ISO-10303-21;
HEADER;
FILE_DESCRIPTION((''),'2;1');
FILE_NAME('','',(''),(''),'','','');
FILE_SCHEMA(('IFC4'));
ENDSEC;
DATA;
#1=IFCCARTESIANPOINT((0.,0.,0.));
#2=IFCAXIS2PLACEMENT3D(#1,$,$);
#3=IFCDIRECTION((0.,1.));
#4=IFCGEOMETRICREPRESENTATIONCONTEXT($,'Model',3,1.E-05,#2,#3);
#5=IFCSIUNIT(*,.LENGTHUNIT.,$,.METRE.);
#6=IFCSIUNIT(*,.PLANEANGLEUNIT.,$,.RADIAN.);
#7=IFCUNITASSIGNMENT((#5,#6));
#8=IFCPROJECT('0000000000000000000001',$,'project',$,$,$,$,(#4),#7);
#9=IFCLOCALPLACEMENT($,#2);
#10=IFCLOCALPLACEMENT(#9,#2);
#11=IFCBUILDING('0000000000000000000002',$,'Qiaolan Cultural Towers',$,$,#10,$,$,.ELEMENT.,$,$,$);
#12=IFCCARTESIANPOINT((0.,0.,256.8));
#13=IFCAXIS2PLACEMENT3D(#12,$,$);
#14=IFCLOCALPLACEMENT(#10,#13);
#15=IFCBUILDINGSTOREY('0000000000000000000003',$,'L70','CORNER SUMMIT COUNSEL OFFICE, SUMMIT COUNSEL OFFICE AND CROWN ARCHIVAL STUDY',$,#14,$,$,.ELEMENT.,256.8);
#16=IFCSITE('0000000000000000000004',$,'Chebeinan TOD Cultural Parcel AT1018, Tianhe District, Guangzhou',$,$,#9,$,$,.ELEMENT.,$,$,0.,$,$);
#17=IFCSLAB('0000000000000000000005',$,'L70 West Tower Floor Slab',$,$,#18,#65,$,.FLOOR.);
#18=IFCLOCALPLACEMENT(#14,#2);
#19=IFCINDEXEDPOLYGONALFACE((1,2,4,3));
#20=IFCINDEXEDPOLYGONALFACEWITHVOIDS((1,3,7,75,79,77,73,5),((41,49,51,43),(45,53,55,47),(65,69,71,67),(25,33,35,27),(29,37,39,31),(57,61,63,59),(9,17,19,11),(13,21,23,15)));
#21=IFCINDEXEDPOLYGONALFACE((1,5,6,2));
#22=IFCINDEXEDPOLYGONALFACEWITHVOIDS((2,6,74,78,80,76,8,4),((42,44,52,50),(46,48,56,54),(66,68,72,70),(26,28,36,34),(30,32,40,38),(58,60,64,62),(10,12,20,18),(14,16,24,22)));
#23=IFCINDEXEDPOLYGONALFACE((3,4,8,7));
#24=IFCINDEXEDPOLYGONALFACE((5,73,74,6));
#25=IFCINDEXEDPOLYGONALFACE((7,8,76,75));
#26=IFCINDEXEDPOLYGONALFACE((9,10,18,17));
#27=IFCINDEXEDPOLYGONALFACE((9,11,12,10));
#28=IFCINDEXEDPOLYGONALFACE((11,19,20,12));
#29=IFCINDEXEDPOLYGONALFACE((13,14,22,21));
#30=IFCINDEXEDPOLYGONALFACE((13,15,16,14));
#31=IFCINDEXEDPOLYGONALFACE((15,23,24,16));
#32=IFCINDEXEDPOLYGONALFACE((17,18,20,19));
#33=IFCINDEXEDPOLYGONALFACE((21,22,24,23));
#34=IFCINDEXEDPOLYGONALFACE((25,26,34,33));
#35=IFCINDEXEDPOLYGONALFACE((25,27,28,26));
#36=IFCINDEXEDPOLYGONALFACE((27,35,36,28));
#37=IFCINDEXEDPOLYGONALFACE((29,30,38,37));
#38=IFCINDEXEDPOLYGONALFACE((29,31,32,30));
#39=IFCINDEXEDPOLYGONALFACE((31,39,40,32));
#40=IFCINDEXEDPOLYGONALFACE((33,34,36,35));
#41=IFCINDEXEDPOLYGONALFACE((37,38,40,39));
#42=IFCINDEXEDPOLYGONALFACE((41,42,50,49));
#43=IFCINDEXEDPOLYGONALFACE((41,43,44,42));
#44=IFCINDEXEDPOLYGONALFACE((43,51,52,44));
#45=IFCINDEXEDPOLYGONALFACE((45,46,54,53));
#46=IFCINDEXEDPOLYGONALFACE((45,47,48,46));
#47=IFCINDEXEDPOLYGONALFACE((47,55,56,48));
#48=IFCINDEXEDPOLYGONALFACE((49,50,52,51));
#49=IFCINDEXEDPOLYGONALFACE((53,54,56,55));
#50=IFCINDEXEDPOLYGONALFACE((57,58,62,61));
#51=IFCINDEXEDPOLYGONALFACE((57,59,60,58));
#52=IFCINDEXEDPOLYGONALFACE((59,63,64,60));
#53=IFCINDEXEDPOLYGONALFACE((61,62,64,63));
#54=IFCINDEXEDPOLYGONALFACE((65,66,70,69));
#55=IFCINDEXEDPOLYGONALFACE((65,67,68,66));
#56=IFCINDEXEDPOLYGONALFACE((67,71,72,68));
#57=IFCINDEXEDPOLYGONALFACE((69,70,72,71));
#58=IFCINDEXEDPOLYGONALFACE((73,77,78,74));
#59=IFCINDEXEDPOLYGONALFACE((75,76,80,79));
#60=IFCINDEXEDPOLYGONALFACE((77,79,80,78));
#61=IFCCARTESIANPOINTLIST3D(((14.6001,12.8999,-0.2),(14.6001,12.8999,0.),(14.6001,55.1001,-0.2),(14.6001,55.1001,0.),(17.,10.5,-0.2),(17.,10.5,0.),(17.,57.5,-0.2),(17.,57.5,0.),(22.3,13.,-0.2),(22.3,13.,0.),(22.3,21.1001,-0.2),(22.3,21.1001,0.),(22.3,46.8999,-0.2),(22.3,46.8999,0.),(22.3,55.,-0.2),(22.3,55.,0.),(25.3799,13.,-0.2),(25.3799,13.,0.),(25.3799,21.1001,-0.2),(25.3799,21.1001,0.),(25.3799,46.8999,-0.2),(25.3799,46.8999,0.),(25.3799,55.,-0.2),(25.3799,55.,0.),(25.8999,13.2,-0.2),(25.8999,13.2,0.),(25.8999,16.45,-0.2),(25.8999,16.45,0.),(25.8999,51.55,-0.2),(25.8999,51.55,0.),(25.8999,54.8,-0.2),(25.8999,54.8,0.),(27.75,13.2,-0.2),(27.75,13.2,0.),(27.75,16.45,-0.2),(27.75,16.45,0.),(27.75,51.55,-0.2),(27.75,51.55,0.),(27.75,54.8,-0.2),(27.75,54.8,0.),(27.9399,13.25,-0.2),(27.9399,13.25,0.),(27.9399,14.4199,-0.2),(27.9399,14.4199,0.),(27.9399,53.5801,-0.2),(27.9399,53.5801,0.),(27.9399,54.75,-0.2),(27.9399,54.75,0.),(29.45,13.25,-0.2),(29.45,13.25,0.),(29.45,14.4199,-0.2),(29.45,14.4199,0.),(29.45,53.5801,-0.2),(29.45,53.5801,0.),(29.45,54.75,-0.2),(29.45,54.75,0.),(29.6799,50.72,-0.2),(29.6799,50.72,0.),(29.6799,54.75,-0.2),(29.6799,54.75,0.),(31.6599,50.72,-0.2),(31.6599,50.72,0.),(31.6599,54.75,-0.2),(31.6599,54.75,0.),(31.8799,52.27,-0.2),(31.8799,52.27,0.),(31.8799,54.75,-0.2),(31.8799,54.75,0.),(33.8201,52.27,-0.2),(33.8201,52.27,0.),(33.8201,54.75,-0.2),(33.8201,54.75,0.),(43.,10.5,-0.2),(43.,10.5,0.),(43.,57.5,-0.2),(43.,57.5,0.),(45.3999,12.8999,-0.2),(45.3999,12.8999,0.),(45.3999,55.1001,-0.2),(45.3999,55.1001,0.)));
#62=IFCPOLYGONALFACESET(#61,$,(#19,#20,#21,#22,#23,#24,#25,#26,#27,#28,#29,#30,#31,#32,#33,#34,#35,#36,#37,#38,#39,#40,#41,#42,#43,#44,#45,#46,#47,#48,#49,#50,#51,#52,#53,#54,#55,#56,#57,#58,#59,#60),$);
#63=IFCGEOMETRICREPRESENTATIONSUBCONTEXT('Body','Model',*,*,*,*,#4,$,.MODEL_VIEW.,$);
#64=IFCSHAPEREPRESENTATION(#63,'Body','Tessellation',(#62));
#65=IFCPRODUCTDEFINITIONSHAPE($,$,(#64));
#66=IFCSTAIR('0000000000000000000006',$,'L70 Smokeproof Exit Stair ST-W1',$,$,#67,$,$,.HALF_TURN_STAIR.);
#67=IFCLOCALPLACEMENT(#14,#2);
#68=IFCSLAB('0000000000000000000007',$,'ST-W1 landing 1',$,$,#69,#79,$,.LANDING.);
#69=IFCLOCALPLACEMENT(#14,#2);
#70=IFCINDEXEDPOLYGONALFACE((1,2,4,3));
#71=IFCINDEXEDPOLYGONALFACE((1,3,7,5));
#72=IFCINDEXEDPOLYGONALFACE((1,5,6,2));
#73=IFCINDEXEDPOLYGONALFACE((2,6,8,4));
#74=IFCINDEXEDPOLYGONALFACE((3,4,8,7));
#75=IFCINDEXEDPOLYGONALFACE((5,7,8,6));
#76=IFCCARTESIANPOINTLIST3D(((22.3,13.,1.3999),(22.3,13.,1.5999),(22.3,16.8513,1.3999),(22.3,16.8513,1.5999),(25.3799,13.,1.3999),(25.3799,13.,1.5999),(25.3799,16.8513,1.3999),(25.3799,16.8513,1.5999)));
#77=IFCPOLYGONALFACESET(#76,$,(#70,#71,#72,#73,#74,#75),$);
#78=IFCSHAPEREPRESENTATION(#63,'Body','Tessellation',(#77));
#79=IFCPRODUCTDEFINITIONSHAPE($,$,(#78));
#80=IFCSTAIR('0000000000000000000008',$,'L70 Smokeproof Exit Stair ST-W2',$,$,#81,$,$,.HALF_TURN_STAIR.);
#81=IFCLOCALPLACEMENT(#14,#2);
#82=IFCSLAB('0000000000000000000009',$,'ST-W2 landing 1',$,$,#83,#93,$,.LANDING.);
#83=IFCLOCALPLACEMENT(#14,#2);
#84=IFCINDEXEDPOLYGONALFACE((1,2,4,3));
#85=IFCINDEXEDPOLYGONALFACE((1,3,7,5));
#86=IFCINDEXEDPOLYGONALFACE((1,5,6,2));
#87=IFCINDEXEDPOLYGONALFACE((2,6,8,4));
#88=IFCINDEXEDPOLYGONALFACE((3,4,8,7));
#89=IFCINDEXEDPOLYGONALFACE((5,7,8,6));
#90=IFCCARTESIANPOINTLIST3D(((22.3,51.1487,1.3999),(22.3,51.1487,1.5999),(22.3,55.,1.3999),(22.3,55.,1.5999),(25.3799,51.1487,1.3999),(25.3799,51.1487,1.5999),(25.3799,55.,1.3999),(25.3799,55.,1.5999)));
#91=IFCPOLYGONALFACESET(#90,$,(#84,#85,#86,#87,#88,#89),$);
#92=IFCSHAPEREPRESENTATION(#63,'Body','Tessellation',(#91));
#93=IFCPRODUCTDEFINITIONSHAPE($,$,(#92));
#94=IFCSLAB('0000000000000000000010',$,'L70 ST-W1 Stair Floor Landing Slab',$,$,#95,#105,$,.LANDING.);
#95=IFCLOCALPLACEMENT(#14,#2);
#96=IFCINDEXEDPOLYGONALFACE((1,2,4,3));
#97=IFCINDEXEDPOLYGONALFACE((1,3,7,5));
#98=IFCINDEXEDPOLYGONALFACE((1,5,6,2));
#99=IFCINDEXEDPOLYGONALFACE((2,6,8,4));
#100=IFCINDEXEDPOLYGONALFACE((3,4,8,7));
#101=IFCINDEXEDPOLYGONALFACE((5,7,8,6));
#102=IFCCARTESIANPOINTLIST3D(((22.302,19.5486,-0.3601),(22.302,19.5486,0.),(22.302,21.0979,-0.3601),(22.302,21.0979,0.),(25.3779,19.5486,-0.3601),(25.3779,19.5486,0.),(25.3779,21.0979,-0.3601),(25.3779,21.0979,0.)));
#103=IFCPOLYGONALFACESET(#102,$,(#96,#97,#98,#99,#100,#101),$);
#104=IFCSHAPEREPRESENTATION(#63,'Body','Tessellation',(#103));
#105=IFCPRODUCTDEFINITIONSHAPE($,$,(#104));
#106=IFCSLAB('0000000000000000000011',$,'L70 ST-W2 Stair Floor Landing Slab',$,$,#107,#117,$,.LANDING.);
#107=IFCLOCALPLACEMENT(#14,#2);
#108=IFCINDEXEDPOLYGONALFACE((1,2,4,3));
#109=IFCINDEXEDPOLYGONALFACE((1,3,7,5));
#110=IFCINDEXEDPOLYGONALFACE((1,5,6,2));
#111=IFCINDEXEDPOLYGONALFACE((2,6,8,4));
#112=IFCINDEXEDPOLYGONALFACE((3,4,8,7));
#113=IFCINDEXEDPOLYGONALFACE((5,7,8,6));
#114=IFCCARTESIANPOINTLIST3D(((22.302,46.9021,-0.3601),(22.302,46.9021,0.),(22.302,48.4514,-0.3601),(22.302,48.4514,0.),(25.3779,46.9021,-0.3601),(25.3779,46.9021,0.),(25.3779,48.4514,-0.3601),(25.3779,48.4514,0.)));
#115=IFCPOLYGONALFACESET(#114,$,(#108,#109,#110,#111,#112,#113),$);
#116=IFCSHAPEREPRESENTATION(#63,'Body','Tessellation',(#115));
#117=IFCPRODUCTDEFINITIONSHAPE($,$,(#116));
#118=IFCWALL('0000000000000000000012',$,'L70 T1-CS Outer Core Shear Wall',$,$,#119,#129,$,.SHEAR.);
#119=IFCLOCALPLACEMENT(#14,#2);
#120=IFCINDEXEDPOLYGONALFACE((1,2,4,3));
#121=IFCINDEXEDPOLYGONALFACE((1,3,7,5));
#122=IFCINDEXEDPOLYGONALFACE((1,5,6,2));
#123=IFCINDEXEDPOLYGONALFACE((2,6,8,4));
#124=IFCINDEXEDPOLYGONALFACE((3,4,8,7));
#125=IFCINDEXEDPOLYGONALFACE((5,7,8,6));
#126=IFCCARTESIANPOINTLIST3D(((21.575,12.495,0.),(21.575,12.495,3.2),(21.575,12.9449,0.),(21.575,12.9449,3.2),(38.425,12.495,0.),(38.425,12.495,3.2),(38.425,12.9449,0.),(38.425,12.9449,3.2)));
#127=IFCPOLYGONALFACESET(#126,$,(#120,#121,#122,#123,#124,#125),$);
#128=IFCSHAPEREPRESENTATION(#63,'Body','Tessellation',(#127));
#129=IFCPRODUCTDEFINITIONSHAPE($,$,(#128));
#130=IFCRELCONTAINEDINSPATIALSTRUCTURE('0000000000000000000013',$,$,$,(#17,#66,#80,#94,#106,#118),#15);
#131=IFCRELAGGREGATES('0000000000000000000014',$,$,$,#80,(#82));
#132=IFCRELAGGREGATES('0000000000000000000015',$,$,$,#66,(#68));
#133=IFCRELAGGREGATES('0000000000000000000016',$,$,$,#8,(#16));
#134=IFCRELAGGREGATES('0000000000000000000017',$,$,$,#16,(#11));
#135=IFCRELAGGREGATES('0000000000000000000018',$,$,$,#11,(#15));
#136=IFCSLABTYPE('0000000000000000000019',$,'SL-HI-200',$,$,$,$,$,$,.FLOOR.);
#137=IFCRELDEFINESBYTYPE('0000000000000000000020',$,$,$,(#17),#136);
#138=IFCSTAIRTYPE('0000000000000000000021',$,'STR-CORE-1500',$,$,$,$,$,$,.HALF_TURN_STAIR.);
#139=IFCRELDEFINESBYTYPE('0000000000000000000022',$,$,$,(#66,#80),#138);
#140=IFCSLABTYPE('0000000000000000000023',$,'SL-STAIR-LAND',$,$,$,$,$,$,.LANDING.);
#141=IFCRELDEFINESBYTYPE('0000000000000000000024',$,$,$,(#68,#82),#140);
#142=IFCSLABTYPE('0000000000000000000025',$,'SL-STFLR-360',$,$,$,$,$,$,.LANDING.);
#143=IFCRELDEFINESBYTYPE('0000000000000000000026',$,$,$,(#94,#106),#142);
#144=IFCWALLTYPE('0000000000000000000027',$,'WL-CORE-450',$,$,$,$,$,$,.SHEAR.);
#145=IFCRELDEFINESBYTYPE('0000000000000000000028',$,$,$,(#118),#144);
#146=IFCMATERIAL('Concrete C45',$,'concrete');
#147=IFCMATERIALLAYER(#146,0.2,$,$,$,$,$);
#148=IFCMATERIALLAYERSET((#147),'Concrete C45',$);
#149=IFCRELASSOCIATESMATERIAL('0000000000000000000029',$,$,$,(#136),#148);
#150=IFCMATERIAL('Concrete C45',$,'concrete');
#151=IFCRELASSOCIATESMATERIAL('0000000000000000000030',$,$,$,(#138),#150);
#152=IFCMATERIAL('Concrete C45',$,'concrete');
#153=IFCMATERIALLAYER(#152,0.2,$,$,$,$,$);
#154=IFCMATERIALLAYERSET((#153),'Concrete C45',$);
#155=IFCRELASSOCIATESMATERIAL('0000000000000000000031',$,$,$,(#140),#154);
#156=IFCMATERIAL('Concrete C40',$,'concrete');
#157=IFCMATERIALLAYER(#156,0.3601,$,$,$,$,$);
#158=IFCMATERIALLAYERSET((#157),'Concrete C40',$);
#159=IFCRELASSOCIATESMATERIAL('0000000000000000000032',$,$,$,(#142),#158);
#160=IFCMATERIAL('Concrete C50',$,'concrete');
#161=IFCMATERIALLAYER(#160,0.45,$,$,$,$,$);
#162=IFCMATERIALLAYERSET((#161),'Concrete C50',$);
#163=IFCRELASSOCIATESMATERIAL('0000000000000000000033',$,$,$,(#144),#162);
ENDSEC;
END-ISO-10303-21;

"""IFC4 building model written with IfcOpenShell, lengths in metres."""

from ifc_helpers import new_model, si_unit, direction, frame, frame_2d, origin, place, context, subcontext, project, spatial, polyline, rectangle, outline, extrude, material, layer, layer_set, type_object, element, aggregate, save


model = new_model("IFC4")

# Units and contexts
model_context = context("Model", 3, precision=1e-05, world=origin(), true_north=direction((0.0, 1.0)))
body_context = subcontext(model_context, "Body", "Model", "MODEL_VIEW")
ifc_project = project(units=[si_unit("LENGTHUNIT", "METRE"), si_unit("PLANEANGLEUNIT", "RADIAN")], contexts=[model_context])

# Site, building, storey
site_placement = place(None, origin())
site = spatial("IfcSite", under=ifc_project, at=site_placement, Name="Chebeinan TOD Cultural Parcel AT1018, Tianhe District, Guangzhou", CompositionType="ELEMENT", RefElevation=0.0)
building_placement = place(site_placement, origin())
building = spatial("IfcBuilding", under=site, at=building_placement, Name="Qiaolan Cultural Towers", CompositionType="ELEMENT")
storey_placement = place(building_placement, frame((0.0, 0.0, 256.8)))
storey = spatial("IfcBuildingStorey", under=building, at=storey_placement, Name="L70", Description="CORNER SUMMIT COUNSEL OFFICE, SUMMIT COUNSEL OFFICE AND CROWN ARCHIVAL STUDY", CompositionType="ELEMENT", Elevation=256.8)

# Slab
ifc_material_1 = material(Name="Concrete C45", Category="concrete")
ifc_layer_1 = layer(ifc_material_1, 0.2)
ifc_layer_set_1 = layer_set([ifc_layer_1], Name="Concrete C45")
slab_type_1 = type_object("IfcSlabType", Name="SL-HI-200", PredefinedType="FLOOR", material=ifc_layer_set_1)
slab_1_placement = place(storey_placement, frame((0.0, 0.0, -0.2)))
element("IfcSlab", 1, at=slab_1_placement, inside=storey, type_object=slab_type_1, Name="L70 West Tower Floor Slab", PredefinedType="FLOOR", context=body_context, shape_type="SweptSolid", body=[
    extrude(outline(polyline([(17.0, 10.5), (43.0, 10.5), (45.3999, 12.8999), (45.3999, 55.1001), (43.0, 57.5), (17.0, 57.5), (14.6001, 55.1001), (14.6001, 12.8999), (17.0, 10.5)]), holes=[polyline([(22.3, 21.1001), (22.3, 13.0), (25.3799, 13.0), (25.3799, 21.1001), (22.3, 21.1001)]), polyline([(25.3799, 46.8999), (25.3799, 55.0), (22.3, 55.0), (22.3, 46.8999), (25.3799, 46.8999)]), polyline([(25.8999, 13.2), (27.75, 13.2), (27.75, 16.45), (25.8999, 16.45), (25.8999, 13.2)]), polyline([(27.9399, 13.25), (29.45, 13.25), (29.45, 14.4199), (27.9399, 14.4199), (27.9399, 13.25)]), polyline([(25.8999, 51.55), (27.75, 51.55), (27.75, 54.8), (25.8999, 54.8), (25.8999, 51.55)]), polyline([(27.9399, 53.5801), (29.45, 53.5801), (29.45, 54.75), (27.9399, 54.75), (27.9399, 53.5801)]), polyline([(31.8799, 52.27), (33.8201, 52.27), (33.8201, 54.75), (31.8799, 54.75), (31.8799, 52.27)]), polyline([(29.6799, 50.72), (31.6599, 50.72), (31.6599, 54.75), (29.6799, 54.75), (29.6799, 50.72)])]), origin(), (0.0, 0.0, 1.0), 0.2),
])

# Stairs, slabs
ifc_material_2 = material(Name="Concrete C45", Category="concrete")
stair_type = type_object("IfcStairType", Name="STR-CORE-1500", PredefinedType="HALF_TURN_STAIR", material=ifc_material_2)
stair_1_placement = place(storey_placement, origin())
stair_1 = element("IfcStair", 2, at=stair_1_placement, inside=storey, type_object=stair_type, Name="L70 Smokeproof Exit Stair ST-W1", PredefinedType="HALF_TURN_STAIR")
ifc_material_3 = material(Name="Concrete C45", Category="concrete")
ifc_layer_2 = layer(ifc_material_3, 0.2)
ifc_layer_set_2 = layer_set([ifc_layer_2], Name="Concrete C45")
slab_type_2 = type_object("IfcSlabType", Name="SL-STAIR-LAND", PredefinedType="LANDING", material=ifc_layer_set_2)
slab_2_placement = place(storey_placement, frame((0.0, 0.0, 1.3999)))
slab_2 = element("IfcSlab", 3, at=slab_2_placement, type_object=slab_type_2, Name="ST-W1 landing 1", PredefinedType="LANDING", context=body_context, shape_type="SweptSolid", body=[
    extrude(outline(polyline([(22.3, 16.8513), (22.3, 13.0), (25.3799, 13.0), (25.3799, 16.8513), (22.3, 16.8513)])), origin(), (0.0, 0.0, 1.0), 0.2),
])
stair_2_placement = place(storey_placement, origin())
stair_2 = element("IfcStair", 4, at=stair_2_placement, inside=storey, type_object=stair_type, Name="L70 Smokeproof Exit Stair ST-W2", PredefinedType="HALF_TURN_STAIR")
slab_3_placement = place(storey_placement, frame((0.0, 0.0, 1.3999)))
slab_3 = element("IfcSlab", 5, at=slab_3_placement, type_object=slab_type_2, Name="ST-W2 landing 1", PredefinedType="LANDING", context=body_context, shape_type="SweptSolid", body=[
    extrude(outline(polyline([(25.3799, 51.1487), (25.3799, 55.0), (22.3, 55.0), (22.3, 51.1487), (25.3799, 51.1487)])), origin(), (0.0, 0.0, 1.0), 0.2),
])
aggregate(stair_2, [slab_3])

# Slabs
ifc_material_4 = material(Name="Concrete C40", Category="concrete")
ifc_layer_3 = layer(ifc_material_4, 0.3601)
ifc_layer_set_3 = layer_set([ifc_layer_3], Name="Concrete C40")
slab_type_3 = type_object("IfcSlabType", Name="SL-STFLR-360", PredefinedType="LANDING", material=ifc_layer_set_3)
slab_4_placement = place(storey_placement, frame((0.0, 0.0, -0.3601)))
element("IfcSlab", 6, at=slab_4_placement, inside=storey, type_object=slab_type_3, Name="L70 ST-W1 Stair Floor Landing Slab", PredefinedType="LANDING", context=body_context, shape_type="SweptSolid", body=[
    extrude(outline(polyline([(22.302, 21.0979), (22.302, 19.5486), (25.3779, 19.5486), (25.3779, 21.0979), (22.302, 21.0979)])), origin(), (0.0, 0.0, 1.0), 0.3601),
])
slab_5_placement = place(storey_placement, frame((0.0, 0.0, -0.3601)))
element("IfcSlab", 7, at=slab_5_placement, inside=storey, type_object=slab_type_3, Name="L70 ST-W2 Stair Floor Landing Slab", PredefinedType="LANDING", context=body_context, shape_type="SweptSolid", body=[
    extrude(outline(polyline([(25.3779, 46.9021), (25.3779, 48.4514), (22.302, 48.4514), (22.302, 46.9021), (25.3779, 46.9021)])), origin(), (0.0, 0.0, 1.0), 0.3601),
])

# Wall
ifc_material_5 = material(Name="Concrete C50", Category="concrete")
ifc_layer_4 = layer(ifc_material_5, 0.45)
ifc_layer_set_4 = layer_set([ifc_layer_4], Name="Concrete C50")
wall_type_1 = type_object("IfcWallType", Name="WL-CORE-450", PredefinedType="SHEAR", material=ifc_layer_set_4)
wall_1_placement = place(storey_placement, frame((21.575, 12.72, 0.0), z_axis=(0.0, 0.0, 1.0), x_axis=(1.0, 0.0, 0.0)))
element("IfcWall", 8, at=wall_1_placement, inside=storey, type_object=wall_type_1, Name="L70 T1-CS Outer Core Shear Wall", PredefinedType="SHEAR", context=body_context, shape_type="SweptSolid", body=[
    extrude(rectangle(XDim=16.8501, YDim=0.45, at=frame_2d((8.425, 0.0))), origin(), (0.0, 0.0, 1.0), 3.2),
])

aggregate(stair_1, [slab_2])

save(model, "model.ifc")
